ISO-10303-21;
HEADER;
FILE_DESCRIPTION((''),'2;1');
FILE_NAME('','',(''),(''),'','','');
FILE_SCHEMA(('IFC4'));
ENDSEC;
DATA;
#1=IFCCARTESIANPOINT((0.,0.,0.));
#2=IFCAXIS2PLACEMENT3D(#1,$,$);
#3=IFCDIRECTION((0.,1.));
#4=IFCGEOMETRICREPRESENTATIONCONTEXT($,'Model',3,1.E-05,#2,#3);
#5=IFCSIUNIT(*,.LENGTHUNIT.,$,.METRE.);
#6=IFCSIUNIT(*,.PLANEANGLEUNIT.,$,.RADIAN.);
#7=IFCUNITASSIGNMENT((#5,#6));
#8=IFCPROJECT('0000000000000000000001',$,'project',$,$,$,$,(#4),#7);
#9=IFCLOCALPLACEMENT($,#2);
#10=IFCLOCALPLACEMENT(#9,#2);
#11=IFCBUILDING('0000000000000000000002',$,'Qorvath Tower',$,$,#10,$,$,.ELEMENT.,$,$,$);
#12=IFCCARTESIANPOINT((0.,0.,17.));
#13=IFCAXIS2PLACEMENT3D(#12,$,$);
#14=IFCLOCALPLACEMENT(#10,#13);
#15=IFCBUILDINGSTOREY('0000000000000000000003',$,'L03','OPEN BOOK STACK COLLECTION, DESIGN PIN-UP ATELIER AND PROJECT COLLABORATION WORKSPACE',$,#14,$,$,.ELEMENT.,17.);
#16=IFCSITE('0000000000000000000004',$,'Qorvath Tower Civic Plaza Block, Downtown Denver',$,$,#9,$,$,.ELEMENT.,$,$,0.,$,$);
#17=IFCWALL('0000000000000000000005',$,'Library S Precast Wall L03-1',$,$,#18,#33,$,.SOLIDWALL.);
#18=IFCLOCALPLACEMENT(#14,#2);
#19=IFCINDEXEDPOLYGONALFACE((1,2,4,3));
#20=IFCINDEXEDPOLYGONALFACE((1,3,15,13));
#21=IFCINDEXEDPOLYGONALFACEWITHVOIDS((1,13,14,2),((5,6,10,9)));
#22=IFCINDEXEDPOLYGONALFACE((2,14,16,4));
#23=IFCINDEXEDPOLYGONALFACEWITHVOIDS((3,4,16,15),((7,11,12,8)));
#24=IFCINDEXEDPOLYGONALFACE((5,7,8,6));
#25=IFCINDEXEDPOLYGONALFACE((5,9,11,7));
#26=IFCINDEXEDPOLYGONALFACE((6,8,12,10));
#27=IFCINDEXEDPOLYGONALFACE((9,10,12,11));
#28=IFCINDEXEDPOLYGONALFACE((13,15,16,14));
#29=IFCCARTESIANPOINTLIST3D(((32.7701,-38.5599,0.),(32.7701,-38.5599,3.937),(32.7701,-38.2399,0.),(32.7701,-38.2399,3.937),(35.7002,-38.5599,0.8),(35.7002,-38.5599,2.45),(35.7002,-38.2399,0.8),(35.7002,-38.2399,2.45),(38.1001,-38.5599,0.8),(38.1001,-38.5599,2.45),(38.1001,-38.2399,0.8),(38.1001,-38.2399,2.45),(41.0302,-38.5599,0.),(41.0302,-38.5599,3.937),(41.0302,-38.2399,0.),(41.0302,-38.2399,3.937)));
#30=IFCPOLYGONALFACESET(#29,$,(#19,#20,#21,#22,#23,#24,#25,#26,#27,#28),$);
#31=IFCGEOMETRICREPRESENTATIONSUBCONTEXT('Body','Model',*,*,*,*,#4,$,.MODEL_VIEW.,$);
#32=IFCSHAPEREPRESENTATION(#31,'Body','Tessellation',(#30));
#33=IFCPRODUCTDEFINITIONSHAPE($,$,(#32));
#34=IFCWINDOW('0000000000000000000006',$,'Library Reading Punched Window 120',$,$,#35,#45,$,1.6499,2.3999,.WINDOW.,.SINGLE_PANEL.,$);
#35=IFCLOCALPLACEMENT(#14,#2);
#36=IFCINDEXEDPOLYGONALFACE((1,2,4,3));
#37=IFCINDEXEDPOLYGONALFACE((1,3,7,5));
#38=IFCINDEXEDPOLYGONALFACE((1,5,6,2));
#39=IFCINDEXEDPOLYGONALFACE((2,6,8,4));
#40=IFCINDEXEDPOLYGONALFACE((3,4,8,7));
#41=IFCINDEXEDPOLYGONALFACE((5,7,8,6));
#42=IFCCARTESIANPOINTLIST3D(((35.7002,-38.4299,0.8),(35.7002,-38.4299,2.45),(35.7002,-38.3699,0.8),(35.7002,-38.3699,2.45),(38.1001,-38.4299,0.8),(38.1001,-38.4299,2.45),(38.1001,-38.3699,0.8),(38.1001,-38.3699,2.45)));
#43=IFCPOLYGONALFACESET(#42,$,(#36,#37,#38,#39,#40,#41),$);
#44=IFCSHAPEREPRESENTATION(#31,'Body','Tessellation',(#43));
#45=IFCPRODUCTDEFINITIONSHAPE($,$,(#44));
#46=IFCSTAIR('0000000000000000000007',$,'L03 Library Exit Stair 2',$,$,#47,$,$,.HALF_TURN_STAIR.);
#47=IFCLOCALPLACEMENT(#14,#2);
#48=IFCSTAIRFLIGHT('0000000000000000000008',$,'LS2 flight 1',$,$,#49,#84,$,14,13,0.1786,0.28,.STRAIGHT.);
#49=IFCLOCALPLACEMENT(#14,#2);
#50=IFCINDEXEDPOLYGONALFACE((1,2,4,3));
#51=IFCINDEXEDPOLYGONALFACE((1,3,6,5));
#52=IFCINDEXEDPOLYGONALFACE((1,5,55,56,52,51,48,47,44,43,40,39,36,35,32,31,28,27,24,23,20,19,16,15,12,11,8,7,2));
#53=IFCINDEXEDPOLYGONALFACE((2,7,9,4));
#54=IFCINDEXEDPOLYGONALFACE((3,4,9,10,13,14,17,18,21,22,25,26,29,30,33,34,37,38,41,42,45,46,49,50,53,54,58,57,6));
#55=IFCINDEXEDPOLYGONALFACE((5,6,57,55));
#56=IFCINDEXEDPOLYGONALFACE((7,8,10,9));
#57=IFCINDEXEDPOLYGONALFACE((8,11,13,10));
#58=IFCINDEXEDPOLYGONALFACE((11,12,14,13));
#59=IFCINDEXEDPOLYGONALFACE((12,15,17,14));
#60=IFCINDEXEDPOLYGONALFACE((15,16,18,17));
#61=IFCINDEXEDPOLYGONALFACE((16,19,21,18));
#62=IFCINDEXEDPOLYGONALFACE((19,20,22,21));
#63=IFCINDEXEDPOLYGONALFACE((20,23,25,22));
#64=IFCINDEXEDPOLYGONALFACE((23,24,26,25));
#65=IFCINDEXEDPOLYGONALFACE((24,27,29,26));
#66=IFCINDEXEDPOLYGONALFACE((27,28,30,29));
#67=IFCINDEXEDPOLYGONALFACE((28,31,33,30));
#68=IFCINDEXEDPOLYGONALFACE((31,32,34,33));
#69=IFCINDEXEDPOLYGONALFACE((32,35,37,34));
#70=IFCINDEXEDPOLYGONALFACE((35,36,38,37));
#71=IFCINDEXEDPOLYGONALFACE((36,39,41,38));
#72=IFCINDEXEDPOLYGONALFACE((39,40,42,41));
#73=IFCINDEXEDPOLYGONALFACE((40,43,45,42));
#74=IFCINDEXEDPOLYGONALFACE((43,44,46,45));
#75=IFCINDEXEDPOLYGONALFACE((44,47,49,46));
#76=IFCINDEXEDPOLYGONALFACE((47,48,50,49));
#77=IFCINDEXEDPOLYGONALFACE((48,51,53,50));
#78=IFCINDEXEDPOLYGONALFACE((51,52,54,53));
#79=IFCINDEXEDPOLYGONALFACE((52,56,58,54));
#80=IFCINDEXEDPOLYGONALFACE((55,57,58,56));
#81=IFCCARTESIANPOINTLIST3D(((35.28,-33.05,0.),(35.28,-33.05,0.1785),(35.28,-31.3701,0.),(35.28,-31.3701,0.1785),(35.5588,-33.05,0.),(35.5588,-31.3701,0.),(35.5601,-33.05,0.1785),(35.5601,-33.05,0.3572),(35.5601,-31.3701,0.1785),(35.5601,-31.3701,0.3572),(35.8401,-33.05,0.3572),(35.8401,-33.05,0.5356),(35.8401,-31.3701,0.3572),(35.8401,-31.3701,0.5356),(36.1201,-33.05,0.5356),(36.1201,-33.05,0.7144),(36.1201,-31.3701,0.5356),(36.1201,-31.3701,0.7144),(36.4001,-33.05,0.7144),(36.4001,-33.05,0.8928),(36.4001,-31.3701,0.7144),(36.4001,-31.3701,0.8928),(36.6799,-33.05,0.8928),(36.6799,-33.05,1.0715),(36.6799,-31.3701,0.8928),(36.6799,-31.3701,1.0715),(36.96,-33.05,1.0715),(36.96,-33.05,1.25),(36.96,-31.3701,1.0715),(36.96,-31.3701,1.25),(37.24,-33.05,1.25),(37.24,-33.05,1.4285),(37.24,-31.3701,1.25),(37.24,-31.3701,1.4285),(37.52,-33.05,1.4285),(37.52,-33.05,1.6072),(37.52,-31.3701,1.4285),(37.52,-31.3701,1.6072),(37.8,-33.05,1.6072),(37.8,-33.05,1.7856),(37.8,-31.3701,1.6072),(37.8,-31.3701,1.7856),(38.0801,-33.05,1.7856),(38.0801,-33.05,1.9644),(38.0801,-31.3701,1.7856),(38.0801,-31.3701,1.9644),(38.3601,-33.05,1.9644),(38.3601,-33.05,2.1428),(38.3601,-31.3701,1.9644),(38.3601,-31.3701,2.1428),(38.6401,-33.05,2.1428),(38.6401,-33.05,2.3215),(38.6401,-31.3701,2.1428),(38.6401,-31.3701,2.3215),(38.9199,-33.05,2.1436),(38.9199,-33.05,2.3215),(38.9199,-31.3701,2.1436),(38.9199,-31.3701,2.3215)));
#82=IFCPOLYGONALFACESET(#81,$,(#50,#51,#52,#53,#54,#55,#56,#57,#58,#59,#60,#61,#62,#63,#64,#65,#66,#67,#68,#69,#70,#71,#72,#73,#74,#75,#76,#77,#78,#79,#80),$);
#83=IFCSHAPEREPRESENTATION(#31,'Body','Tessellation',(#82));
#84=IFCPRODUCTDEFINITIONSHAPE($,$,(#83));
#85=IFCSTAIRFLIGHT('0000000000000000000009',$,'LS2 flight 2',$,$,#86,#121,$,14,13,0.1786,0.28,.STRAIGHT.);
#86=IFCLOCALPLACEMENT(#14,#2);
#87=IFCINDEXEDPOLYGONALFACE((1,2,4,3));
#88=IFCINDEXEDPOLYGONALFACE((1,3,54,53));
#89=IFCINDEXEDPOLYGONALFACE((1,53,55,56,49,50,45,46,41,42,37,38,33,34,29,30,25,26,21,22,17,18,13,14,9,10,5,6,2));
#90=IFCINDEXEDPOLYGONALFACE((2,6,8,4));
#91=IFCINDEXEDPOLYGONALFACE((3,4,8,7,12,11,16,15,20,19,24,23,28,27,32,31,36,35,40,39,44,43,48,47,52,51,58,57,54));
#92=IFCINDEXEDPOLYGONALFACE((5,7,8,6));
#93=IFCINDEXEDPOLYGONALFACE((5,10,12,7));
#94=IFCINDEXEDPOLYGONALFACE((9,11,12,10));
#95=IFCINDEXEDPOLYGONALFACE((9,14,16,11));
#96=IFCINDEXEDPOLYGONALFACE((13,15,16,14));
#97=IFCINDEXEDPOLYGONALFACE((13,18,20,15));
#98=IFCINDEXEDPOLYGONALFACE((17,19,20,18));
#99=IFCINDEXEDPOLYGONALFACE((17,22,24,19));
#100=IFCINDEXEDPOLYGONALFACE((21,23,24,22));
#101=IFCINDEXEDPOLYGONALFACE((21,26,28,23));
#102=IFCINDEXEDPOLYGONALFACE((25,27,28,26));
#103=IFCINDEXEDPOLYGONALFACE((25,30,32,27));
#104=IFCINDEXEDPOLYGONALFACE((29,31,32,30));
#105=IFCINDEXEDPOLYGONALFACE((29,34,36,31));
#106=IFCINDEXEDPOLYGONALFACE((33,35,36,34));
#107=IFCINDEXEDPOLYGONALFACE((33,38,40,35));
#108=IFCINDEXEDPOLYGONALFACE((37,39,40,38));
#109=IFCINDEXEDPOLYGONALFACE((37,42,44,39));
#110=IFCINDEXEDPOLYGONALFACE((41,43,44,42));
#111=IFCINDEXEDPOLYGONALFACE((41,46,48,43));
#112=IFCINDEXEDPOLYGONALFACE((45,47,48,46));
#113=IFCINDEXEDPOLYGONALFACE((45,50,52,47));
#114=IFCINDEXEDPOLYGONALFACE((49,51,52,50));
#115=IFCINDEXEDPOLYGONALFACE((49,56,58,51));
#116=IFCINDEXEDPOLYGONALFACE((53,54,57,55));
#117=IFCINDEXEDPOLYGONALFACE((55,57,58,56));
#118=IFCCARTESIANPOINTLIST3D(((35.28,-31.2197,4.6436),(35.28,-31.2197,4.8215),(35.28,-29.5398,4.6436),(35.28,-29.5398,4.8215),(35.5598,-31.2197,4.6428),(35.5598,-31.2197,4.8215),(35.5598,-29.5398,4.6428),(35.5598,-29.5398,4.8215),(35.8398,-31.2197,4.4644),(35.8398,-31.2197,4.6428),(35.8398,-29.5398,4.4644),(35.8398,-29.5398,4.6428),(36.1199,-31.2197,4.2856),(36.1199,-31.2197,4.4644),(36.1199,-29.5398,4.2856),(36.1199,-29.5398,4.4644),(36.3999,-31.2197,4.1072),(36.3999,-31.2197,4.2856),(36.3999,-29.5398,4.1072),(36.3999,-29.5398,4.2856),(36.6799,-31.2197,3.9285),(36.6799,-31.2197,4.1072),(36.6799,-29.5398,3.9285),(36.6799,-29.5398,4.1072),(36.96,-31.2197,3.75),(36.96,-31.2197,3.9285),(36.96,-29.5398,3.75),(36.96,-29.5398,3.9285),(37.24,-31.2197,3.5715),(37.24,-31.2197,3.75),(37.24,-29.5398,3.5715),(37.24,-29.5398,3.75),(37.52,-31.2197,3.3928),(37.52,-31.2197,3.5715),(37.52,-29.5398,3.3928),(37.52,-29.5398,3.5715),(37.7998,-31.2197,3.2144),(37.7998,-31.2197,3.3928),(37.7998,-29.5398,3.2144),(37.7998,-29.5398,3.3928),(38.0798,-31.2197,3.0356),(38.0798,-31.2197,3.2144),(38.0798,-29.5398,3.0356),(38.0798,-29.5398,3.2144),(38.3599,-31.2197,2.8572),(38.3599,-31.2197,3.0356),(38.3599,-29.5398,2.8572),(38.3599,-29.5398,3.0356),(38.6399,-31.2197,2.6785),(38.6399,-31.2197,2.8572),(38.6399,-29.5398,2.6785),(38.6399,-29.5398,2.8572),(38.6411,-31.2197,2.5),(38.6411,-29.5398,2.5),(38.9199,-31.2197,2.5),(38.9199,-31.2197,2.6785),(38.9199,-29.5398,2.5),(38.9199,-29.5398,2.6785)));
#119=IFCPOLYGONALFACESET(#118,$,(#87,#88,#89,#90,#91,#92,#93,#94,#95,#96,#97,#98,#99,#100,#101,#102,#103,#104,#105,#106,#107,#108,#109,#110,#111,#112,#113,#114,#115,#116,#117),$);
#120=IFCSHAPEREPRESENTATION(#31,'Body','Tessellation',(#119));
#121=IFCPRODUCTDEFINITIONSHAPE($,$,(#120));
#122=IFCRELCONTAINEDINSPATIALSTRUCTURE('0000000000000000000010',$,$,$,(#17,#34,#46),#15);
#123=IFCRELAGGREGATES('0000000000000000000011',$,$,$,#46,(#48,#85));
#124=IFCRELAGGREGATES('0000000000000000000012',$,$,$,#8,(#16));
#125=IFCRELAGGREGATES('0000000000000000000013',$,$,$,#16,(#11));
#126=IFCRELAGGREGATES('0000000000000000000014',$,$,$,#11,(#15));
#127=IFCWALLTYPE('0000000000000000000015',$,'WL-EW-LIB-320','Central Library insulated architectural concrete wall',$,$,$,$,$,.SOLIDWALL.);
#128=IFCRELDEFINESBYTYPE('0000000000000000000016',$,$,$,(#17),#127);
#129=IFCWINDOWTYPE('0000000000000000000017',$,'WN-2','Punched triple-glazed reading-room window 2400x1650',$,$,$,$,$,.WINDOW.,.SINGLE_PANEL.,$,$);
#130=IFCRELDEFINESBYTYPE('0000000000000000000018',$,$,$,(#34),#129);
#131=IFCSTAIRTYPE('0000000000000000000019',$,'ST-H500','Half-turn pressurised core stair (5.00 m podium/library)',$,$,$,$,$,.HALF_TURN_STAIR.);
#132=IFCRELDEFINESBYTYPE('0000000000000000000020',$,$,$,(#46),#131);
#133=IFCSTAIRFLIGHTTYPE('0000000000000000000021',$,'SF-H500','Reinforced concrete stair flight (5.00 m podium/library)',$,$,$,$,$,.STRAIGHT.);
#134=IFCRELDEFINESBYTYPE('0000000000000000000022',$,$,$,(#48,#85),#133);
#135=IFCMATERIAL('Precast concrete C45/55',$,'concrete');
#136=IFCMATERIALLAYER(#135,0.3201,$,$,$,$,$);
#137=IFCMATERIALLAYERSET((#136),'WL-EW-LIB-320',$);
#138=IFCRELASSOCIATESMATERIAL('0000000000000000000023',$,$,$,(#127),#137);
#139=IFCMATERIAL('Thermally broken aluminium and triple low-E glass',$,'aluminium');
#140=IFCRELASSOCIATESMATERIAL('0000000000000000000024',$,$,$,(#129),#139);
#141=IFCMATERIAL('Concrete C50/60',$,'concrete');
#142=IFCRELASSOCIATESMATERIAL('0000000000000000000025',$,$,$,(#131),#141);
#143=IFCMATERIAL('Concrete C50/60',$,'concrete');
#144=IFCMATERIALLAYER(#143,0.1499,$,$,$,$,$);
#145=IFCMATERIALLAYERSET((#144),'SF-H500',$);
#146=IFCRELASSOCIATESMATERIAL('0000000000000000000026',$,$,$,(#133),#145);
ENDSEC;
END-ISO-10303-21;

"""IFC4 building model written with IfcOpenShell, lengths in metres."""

from ifc_helpers import new_model, si_unit, direction, frame, frame_2d, origin, place, context, subcontext, project, spatial, polyline, rectangle, outline, extrude, material, layer, layer_set, type_object, element, fill, aggregate, save


model = new_model("IFC4")

# Units and contexts
model_context = context("Model", 3, precision=1e-05, world=origin(), true_north=direction((0.0, 1.0)))
body_context = subcontext(model_context, "Body", "Model", "MODEL_VIEW")
ifc_project = project(units=[si_unit("LENGTHUNIT", "METRE"), si_unit("PLANEANGLEUNIT", "RADIAN")], contexts=[model_context])

# Site, building, storey
site_placement = place(None, origin())
site = spatial("IfcSite", under=ifc_project, at=site_placement, Name="Qorvath Tower Civic Plaza Block, Downtown Denver", CompositionType="ELEMENT", RefElevation=0.0)
building_placement = place(site_placement, origin())
building = spatial("IfcBuilding", under=site, at=building_placement, Name="Qorvath Tower", CompositionType="ELEMENT")
storey_placement = place(building_placement, frame((0.0, 0.0, 17.0)))
storey = spatial("IfcBuildingStorey", under=building, at=storey_placement, Name="L03", Description="OPEN BOOK STACK COLLECTION, DESIGN PIN-UP ATELIER AND PROJECT COLLABORATION WORKSPACE", CompositionType="ELEMENT", Elevation=17.0)

# Wall, opening, window
ifc_material_1 = material(Name="Precast concrete C45/55", Category="concrete")
ifc_layer_1 = layer(ifc_material_1, 0.3201)
ifc_layer_set_1 = layer_set([ifc_layer_1], Name="WL-EW-LIB-320")
wall_type_1 = type_object("IfcWallType", Name="WL-EW-LIB-320", Description="Central Library insulated architectural concrete wall", PredefinedType="SOLIDWALL", material=ifc_layer_set_1)
wall_1_placement = place(storey_placement, frame((41.03, -38.3999, 0.0), z_axis=(0.0, 0.0, 1.0), x_axis=(-1.0, 0.0, 0.0)))
wall_1 = element("IfcWall", 1, at=wall_1_placement, inside=storey, type_object=wall_type_1, Name="Library S Precast Wall L03-1", PredefinedType="SOLIDWALL", context=body_context, shape_type="SweptSolid", body=[
    extrude(rectangle(XDim=8.26, YDim=0.3201, at=frame_2d((4.1299, 0.0))), origin(), (0.0, 0.0, 1.0), 3.937),
])
opening_1_placement = place(wall_1_placement, frame((2.9299, 0.0, 0.8)))
opening_1 = element("IfcOpeningElement", 2, at=opening_1_placement, cuts=wall_1, PredefinedType="OPENING", context=body_context, shape_type="SweptSolid", body=[
    extrude(rectangle(XDim=2.3999, YDim=1.6499, at=frame_2d((1.2, 0.825))), frame((0.0, 0.1699, 0.0), z_axis=(0.0, -1.0, 0.0), x_axis=(1.0, 0.0, 0.0)), (0.0, 0.0, 1.0), 0.3401),
])
ifc_material_2 = material(Name="Thermally broken aluminium and triple low-E glass", Category="aluminium")
window_type = type_object("IfcWindowType", Name="WN-2", Description="Punched triple-glazed reading-room window 2400x1650", PartitioningType="SINGLE_PANEL", PredefinedType="WINDOW", material=ifc_material_2)
window_placement = place(opening_1_placement, origin())
window = element("IfcWindow", 3, at=window_placement, inside=storey, type_object=window_type, Name="Library Reading Punched Window 120", OverallHeight=1.6499, OverallWidth=2.3999, PartitioningType="SINGLE_PANEL", PredefinedType="WINDOW", context=body_context, shape_type="SweptSolid", body=[
    extrude(rectangle(XDim=2.3999, YDim=1.6499, at=frame_2d((1.2, 0.825))), frame((0.0, 0.03, 0.0), z_axis=(0.0, -1.0, 0.0), x_axis=(1.0, 0.0, 0.0)), (0.0, 0.0, 1.0), 0.0601),
])
fill(opening_1, window)

# Stair, stair flights
ifc_material_3 = material(Name="Concrete C50/60", Category="concrete")
stair_type = type_object("IfcStairType", Name="ST-H500", Description="Half-turn pressurised core stair (5.00 m podium/library)", PredefinedType="HALF_TURN_STAIR", material=ifc_material_3)
stair_placement = place(storey_placement, origin())
stair = element("IfcStair", 4, at=stair_placement, inside=storey, type_object=stair_type, Name="L03 Library Exit Stair 2", PredefinedType="HALF_TURN_STAIR")
ifc_material_4 = material(Name="Concrete C50/60", Category="concrete")
ifc_layer_2 = layer(ifc_material_4, 0.1499)
ifc_layer_set_2 = layer_set([ifc_layer_2], Name="SF-H500")
stair_flight_type = type_object("IfcStairFlightType", Name="SF-H500", Description="Reinforced concrete stair flight (5.00 m podium/library)", PredefinedType="STRAIGHT", material=ifc_layer_set_2)
stair_flight_1_placement = place(storey_placement, frame((35.28, -32.21, 0.0), z_axis=(0.0, 0.0, 1.0), x_axis=(1.0, 0.0, 0.0)))
stair_flight_1 = element("IfcStairFlight", 5, at=stair_flight_1_placement, type_object=stair_flight_type, Name="LS2 flight 1", NumberOfRisers=14, NumberOfTreads=13, PredefinedType="STRAIGHT", RiserHeight=0.1786, TreadLength=0.28, context=body_context, shape_type="SweptSolid", body=[
    extrude(outline(polyline([(0.0, 0.0), (0.0, 0.1785), (0.28, 0.1785), (0.28, 0.3572), (0.5601, 0.3572), (0.5601, 0.5356), (0.8401, 0.5356), (0.8401, 0.7144), (1.1201, 0.7144), (1.1201, 0.8928), (1.3999, 0.8928), (1.3999, 1.0715), (1.6799, 1.0715), (1.6799, 1.25), (1.96, 1.25), (1.96, 1.4285), (2.24, 1.4285), (2.24, 1.6072), (2.52, 1.6072), (2.52, 1.7856), (2.8, 1.7856), (2.8, 1.9644), (3.0801, 1.9644), (3.0801, 2.1428), (3.3601, 2.1428), (3.3601, 2.3215), (3.6399, 2.3215), (3.6399, 2.5), (3.6399, 2.1436), (0.2788, 0.0), (0.0, 0.0)])), frame((0.0, 0.8398, 0.0), z_axis=(0.0, -1.0, 0.0), x_axis=(1.0, 0.0, 0.0)), (0.0, 0.0, 1.0), 1.6799),
])
stair_flight_2_placement = place(storey_placement, frame((38.9199, -30.3799, 2.5), z_axis=(0.0, 0.0, 1.0), x_axis=(-1.0, 0.0, 0.0)))
stair_flight_2 = element("IfcStairFlight", 6, at=stair_flight_2_placement, type_object=stair_flight_type, Name="LS2 flight 2", NumberOfRisers=14, NumberOfTreads=13, PredefinedType="STRAIGHT", RiserHeight=0.1786, TreadLength=0.28, context=body_context, shape_type="SweptSolid", body=[
    extrude(outline(polyline([(0.0, 0.0), (0.0, 0.1785), (0.28, 0.1785), (0.28, 0.3572), (0.5601, 0.3572), (0.5601, 0.5356), (0.8401, 0.5356), (0.8401, 0.7144), (1.1201, 0.7144), (1.1201, 0.8928), (1.3999, 0.8928), (1.3999, 1.0715), (1.6799, 1.0715), (1.6799, 1.25), (1.96, 1.25), (1.96, 1.4285), (2.24, 1.4285), (2.24, 1.6072), (2.52, 1.6072), (2.52, 1.7856), (2.8, 1.7856), (2.8, 1.9644), (3.0801, 1.9644), (3.0801, 2.1428), (3.3601, 2.1428), (3.3601, 2.3215), (3.6399, 2.3215), (3.6399, 2.5), (3.6399, 2.1436), (0.2788, 0.0), (0.0, 0.0)])), frame((0.0, 0.8398, 0.0), z_axis=(0.0, -1.0, 0.0), x_axis=(1.0, 0.0, 0.0)), (0.0, 0.0, 1.0), 1.6799),
])
aggregate(stair, [stair_flight_1, stair_flight_2])

save(model, "model.ifc")
